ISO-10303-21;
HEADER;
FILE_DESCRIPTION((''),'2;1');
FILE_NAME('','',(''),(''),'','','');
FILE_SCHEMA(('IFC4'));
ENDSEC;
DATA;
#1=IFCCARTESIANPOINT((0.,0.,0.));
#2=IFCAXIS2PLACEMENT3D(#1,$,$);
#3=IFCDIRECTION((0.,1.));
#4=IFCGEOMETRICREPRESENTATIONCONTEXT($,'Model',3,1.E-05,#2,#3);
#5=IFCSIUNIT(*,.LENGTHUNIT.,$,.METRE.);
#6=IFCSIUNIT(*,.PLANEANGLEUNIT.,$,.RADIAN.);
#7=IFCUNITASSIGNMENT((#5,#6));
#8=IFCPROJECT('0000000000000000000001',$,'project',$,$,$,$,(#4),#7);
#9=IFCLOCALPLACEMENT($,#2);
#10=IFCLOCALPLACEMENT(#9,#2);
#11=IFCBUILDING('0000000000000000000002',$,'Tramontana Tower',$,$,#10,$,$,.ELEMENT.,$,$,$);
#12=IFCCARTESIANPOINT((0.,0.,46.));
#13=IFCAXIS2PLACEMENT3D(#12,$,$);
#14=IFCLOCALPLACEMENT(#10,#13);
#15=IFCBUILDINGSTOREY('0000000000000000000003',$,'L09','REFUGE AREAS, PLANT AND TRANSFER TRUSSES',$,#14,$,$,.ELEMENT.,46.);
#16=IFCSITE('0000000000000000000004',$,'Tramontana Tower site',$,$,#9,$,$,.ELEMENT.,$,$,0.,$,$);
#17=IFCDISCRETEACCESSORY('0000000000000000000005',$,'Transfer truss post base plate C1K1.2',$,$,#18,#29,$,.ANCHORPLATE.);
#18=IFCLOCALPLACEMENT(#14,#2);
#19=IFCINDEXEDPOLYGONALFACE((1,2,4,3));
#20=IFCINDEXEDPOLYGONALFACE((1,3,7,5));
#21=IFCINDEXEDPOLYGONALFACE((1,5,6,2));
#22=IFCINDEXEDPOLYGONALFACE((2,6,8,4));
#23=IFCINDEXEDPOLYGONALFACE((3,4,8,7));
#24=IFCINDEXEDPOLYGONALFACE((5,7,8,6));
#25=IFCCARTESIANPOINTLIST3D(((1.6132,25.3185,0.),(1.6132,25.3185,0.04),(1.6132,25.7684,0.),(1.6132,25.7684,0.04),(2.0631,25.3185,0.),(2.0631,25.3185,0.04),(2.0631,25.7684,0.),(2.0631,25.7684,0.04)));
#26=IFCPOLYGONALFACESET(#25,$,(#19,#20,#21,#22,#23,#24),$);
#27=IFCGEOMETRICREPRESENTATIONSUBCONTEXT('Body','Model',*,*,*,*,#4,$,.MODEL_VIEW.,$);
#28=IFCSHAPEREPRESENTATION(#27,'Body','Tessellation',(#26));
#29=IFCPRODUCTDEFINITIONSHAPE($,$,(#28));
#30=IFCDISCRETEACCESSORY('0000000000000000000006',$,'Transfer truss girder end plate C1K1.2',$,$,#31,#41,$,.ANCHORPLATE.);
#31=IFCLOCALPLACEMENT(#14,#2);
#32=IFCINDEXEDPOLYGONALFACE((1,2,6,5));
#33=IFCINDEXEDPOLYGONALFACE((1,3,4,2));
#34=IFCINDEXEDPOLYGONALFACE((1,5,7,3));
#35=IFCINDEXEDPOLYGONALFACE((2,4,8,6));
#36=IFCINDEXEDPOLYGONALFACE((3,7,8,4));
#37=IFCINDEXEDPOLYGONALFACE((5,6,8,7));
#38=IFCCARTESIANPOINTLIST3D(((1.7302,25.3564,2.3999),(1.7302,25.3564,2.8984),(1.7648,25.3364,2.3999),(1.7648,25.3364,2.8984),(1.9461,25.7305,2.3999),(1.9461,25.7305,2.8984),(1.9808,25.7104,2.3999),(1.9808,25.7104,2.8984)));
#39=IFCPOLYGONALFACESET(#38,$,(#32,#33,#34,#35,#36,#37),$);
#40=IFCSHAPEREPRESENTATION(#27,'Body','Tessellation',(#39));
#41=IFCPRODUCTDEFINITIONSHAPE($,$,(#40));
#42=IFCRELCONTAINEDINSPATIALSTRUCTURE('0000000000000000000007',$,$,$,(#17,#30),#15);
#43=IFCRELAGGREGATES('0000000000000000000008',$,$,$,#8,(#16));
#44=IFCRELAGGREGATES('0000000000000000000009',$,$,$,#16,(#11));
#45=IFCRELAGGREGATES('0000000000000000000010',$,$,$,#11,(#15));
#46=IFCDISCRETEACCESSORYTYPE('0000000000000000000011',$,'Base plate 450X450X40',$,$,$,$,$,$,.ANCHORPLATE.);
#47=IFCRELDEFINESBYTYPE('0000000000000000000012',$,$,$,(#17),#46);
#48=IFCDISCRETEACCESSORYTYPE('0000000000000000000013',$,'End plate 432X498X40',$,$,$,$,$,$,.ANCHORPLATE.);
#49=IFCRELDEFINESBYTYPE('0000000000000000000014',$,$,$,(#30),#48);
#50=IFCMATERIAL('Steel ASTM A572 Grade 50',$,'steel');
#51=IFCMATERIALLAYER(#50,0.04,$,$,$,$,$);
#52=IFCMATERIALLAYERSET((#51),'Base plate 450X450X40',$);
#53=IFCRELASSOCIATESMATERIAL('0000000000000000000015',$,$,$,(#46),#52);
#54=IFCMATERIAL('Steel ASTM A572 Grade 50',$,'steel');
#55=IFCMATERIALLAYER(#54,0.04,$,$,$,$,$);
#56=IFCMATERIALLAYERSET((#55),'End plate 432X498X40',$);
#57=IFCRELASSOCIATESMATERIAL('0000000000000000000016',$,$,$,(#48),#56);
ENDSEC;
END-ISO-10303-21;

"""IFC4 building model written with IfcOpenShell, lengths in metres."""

from ifc_helpers import new_model, si_unit, direction, frame, origin, origin_2d, place, context, subcontext, project, spatial, rectangle, extrude, material, layer, layer_set, type_object, element, save


model = new_model("IFC4")

# Units and contexts
model_context = context("Model", 3, precision=1e-05, world=origin(), true_north=direction((0.0, 1.0)))
body_context = subcontext(model_context, "Body", "Model", "MODEL_VIEW")
ifc_project = project(units=[si_unit("LENGTHUNIT", "METRE"), si_unit("PLANEANGLEUNIT", "RADIAN")], contexts=[model_context])

# Site, building, storey
site_placement = place(None, origin())
site = spatial("IfcSite", under=ifc_project, at=site_placement, Name="Tramontana Tower site", CompositionType="ELEMENT", RefElevation=0.0)
building_placement = place(site_placement, origin())
building = spatial("IfcBuilding", under=site, at=building_placement, Name="Tramontana Tower", CompositionType="ELEMENT")
storey_placement = place(building_placement, frame((0.0, 0.0, 46.0)))
storey = spatial("IfcBuildingStorey", under=building, at=storey_placement, Name="L09", Description="REFUGE AREAS, PLANT AND TRANSFER TRUSSES", CompositionType="ELEMENT", Elevation=46.0)

# Discrete accessories
ifc_material_1 = material(Name="Steel ASTM A572 Grade 50", Category="steel")
ifc_layer_1 = layer(ifc_material_1, 0.04)
ifc_layer_set_1 = layer_set([ifc_layer_1], Name="Base plate 450X450X40")
discrete_accessory_type_1 = type_object("IfcDiscreteAccessoryType", Name="Base plate 450X450X40", PredefinedType="ANCHORPLATE", material=ifc_layer_set_1)
discrete_accessory_1_placement = place(storey_placement, frame((1.8381, 25.5435, 0.0), z_axis=(0.0, 0.0, 1.0), x_axis=(1.0, 0.0, 0.0)))
element("IfcDiscreteAccessory", 1, at=discrete_accessory_1_placement, inside=storey, type_object=discrete_accessory_type_1, Name="Transfer truss post base plate C1K1.2", PredefinedType="ANCHORPLATE", context=body_context, shape_type="SweptSolid", body=[
    extrude(rectangle(XDim=0.45, YDim=0.45, at=origin_2d()), origin(), (0.0, 0.0, 1.0), 0.04),
])
ifc_material_2 = material(Name="Steel ASTM A572 Grade 50", Category="steel")
ifc_layer_2 = layer(ifc_material_2, 0.04)
ifc_layer_set_2 = layer_set([ifc_layer_2], Name="End plate 432X498X40")
discrete_accessory_type_2 = type_object("IfcDiscreteAccessoryType", Name="End plate 432X498X40", PredefinedType="ANCHORPLATE", material=ifc_layer_set_2)
discrete_accessory_2_placement = place(storey_placement, frame((1.8555, 25.5334, 2.3999), z_axis=(0.0, 0.0, 1.0), x_axis=(-0.5, -0.866025, 0.0)))
element("IfcDiscreteAccessory", 2, at=discrete_accessory_2_placement, inside=storey, type_object=discrete_accessory_type_2, Name="Transfer truss girder end plate C1K1.2", PredefinedType="ANCHORPLATE", context=body_context, shape_type="SweptSolid", body=[
    extrude(rectangle(XDim=0.4319, YDim=0.04, at=origin_2d()), origin(), (0.0, 0.0, 1.0), 0.4985),
])

save(model, "model.ifc")
